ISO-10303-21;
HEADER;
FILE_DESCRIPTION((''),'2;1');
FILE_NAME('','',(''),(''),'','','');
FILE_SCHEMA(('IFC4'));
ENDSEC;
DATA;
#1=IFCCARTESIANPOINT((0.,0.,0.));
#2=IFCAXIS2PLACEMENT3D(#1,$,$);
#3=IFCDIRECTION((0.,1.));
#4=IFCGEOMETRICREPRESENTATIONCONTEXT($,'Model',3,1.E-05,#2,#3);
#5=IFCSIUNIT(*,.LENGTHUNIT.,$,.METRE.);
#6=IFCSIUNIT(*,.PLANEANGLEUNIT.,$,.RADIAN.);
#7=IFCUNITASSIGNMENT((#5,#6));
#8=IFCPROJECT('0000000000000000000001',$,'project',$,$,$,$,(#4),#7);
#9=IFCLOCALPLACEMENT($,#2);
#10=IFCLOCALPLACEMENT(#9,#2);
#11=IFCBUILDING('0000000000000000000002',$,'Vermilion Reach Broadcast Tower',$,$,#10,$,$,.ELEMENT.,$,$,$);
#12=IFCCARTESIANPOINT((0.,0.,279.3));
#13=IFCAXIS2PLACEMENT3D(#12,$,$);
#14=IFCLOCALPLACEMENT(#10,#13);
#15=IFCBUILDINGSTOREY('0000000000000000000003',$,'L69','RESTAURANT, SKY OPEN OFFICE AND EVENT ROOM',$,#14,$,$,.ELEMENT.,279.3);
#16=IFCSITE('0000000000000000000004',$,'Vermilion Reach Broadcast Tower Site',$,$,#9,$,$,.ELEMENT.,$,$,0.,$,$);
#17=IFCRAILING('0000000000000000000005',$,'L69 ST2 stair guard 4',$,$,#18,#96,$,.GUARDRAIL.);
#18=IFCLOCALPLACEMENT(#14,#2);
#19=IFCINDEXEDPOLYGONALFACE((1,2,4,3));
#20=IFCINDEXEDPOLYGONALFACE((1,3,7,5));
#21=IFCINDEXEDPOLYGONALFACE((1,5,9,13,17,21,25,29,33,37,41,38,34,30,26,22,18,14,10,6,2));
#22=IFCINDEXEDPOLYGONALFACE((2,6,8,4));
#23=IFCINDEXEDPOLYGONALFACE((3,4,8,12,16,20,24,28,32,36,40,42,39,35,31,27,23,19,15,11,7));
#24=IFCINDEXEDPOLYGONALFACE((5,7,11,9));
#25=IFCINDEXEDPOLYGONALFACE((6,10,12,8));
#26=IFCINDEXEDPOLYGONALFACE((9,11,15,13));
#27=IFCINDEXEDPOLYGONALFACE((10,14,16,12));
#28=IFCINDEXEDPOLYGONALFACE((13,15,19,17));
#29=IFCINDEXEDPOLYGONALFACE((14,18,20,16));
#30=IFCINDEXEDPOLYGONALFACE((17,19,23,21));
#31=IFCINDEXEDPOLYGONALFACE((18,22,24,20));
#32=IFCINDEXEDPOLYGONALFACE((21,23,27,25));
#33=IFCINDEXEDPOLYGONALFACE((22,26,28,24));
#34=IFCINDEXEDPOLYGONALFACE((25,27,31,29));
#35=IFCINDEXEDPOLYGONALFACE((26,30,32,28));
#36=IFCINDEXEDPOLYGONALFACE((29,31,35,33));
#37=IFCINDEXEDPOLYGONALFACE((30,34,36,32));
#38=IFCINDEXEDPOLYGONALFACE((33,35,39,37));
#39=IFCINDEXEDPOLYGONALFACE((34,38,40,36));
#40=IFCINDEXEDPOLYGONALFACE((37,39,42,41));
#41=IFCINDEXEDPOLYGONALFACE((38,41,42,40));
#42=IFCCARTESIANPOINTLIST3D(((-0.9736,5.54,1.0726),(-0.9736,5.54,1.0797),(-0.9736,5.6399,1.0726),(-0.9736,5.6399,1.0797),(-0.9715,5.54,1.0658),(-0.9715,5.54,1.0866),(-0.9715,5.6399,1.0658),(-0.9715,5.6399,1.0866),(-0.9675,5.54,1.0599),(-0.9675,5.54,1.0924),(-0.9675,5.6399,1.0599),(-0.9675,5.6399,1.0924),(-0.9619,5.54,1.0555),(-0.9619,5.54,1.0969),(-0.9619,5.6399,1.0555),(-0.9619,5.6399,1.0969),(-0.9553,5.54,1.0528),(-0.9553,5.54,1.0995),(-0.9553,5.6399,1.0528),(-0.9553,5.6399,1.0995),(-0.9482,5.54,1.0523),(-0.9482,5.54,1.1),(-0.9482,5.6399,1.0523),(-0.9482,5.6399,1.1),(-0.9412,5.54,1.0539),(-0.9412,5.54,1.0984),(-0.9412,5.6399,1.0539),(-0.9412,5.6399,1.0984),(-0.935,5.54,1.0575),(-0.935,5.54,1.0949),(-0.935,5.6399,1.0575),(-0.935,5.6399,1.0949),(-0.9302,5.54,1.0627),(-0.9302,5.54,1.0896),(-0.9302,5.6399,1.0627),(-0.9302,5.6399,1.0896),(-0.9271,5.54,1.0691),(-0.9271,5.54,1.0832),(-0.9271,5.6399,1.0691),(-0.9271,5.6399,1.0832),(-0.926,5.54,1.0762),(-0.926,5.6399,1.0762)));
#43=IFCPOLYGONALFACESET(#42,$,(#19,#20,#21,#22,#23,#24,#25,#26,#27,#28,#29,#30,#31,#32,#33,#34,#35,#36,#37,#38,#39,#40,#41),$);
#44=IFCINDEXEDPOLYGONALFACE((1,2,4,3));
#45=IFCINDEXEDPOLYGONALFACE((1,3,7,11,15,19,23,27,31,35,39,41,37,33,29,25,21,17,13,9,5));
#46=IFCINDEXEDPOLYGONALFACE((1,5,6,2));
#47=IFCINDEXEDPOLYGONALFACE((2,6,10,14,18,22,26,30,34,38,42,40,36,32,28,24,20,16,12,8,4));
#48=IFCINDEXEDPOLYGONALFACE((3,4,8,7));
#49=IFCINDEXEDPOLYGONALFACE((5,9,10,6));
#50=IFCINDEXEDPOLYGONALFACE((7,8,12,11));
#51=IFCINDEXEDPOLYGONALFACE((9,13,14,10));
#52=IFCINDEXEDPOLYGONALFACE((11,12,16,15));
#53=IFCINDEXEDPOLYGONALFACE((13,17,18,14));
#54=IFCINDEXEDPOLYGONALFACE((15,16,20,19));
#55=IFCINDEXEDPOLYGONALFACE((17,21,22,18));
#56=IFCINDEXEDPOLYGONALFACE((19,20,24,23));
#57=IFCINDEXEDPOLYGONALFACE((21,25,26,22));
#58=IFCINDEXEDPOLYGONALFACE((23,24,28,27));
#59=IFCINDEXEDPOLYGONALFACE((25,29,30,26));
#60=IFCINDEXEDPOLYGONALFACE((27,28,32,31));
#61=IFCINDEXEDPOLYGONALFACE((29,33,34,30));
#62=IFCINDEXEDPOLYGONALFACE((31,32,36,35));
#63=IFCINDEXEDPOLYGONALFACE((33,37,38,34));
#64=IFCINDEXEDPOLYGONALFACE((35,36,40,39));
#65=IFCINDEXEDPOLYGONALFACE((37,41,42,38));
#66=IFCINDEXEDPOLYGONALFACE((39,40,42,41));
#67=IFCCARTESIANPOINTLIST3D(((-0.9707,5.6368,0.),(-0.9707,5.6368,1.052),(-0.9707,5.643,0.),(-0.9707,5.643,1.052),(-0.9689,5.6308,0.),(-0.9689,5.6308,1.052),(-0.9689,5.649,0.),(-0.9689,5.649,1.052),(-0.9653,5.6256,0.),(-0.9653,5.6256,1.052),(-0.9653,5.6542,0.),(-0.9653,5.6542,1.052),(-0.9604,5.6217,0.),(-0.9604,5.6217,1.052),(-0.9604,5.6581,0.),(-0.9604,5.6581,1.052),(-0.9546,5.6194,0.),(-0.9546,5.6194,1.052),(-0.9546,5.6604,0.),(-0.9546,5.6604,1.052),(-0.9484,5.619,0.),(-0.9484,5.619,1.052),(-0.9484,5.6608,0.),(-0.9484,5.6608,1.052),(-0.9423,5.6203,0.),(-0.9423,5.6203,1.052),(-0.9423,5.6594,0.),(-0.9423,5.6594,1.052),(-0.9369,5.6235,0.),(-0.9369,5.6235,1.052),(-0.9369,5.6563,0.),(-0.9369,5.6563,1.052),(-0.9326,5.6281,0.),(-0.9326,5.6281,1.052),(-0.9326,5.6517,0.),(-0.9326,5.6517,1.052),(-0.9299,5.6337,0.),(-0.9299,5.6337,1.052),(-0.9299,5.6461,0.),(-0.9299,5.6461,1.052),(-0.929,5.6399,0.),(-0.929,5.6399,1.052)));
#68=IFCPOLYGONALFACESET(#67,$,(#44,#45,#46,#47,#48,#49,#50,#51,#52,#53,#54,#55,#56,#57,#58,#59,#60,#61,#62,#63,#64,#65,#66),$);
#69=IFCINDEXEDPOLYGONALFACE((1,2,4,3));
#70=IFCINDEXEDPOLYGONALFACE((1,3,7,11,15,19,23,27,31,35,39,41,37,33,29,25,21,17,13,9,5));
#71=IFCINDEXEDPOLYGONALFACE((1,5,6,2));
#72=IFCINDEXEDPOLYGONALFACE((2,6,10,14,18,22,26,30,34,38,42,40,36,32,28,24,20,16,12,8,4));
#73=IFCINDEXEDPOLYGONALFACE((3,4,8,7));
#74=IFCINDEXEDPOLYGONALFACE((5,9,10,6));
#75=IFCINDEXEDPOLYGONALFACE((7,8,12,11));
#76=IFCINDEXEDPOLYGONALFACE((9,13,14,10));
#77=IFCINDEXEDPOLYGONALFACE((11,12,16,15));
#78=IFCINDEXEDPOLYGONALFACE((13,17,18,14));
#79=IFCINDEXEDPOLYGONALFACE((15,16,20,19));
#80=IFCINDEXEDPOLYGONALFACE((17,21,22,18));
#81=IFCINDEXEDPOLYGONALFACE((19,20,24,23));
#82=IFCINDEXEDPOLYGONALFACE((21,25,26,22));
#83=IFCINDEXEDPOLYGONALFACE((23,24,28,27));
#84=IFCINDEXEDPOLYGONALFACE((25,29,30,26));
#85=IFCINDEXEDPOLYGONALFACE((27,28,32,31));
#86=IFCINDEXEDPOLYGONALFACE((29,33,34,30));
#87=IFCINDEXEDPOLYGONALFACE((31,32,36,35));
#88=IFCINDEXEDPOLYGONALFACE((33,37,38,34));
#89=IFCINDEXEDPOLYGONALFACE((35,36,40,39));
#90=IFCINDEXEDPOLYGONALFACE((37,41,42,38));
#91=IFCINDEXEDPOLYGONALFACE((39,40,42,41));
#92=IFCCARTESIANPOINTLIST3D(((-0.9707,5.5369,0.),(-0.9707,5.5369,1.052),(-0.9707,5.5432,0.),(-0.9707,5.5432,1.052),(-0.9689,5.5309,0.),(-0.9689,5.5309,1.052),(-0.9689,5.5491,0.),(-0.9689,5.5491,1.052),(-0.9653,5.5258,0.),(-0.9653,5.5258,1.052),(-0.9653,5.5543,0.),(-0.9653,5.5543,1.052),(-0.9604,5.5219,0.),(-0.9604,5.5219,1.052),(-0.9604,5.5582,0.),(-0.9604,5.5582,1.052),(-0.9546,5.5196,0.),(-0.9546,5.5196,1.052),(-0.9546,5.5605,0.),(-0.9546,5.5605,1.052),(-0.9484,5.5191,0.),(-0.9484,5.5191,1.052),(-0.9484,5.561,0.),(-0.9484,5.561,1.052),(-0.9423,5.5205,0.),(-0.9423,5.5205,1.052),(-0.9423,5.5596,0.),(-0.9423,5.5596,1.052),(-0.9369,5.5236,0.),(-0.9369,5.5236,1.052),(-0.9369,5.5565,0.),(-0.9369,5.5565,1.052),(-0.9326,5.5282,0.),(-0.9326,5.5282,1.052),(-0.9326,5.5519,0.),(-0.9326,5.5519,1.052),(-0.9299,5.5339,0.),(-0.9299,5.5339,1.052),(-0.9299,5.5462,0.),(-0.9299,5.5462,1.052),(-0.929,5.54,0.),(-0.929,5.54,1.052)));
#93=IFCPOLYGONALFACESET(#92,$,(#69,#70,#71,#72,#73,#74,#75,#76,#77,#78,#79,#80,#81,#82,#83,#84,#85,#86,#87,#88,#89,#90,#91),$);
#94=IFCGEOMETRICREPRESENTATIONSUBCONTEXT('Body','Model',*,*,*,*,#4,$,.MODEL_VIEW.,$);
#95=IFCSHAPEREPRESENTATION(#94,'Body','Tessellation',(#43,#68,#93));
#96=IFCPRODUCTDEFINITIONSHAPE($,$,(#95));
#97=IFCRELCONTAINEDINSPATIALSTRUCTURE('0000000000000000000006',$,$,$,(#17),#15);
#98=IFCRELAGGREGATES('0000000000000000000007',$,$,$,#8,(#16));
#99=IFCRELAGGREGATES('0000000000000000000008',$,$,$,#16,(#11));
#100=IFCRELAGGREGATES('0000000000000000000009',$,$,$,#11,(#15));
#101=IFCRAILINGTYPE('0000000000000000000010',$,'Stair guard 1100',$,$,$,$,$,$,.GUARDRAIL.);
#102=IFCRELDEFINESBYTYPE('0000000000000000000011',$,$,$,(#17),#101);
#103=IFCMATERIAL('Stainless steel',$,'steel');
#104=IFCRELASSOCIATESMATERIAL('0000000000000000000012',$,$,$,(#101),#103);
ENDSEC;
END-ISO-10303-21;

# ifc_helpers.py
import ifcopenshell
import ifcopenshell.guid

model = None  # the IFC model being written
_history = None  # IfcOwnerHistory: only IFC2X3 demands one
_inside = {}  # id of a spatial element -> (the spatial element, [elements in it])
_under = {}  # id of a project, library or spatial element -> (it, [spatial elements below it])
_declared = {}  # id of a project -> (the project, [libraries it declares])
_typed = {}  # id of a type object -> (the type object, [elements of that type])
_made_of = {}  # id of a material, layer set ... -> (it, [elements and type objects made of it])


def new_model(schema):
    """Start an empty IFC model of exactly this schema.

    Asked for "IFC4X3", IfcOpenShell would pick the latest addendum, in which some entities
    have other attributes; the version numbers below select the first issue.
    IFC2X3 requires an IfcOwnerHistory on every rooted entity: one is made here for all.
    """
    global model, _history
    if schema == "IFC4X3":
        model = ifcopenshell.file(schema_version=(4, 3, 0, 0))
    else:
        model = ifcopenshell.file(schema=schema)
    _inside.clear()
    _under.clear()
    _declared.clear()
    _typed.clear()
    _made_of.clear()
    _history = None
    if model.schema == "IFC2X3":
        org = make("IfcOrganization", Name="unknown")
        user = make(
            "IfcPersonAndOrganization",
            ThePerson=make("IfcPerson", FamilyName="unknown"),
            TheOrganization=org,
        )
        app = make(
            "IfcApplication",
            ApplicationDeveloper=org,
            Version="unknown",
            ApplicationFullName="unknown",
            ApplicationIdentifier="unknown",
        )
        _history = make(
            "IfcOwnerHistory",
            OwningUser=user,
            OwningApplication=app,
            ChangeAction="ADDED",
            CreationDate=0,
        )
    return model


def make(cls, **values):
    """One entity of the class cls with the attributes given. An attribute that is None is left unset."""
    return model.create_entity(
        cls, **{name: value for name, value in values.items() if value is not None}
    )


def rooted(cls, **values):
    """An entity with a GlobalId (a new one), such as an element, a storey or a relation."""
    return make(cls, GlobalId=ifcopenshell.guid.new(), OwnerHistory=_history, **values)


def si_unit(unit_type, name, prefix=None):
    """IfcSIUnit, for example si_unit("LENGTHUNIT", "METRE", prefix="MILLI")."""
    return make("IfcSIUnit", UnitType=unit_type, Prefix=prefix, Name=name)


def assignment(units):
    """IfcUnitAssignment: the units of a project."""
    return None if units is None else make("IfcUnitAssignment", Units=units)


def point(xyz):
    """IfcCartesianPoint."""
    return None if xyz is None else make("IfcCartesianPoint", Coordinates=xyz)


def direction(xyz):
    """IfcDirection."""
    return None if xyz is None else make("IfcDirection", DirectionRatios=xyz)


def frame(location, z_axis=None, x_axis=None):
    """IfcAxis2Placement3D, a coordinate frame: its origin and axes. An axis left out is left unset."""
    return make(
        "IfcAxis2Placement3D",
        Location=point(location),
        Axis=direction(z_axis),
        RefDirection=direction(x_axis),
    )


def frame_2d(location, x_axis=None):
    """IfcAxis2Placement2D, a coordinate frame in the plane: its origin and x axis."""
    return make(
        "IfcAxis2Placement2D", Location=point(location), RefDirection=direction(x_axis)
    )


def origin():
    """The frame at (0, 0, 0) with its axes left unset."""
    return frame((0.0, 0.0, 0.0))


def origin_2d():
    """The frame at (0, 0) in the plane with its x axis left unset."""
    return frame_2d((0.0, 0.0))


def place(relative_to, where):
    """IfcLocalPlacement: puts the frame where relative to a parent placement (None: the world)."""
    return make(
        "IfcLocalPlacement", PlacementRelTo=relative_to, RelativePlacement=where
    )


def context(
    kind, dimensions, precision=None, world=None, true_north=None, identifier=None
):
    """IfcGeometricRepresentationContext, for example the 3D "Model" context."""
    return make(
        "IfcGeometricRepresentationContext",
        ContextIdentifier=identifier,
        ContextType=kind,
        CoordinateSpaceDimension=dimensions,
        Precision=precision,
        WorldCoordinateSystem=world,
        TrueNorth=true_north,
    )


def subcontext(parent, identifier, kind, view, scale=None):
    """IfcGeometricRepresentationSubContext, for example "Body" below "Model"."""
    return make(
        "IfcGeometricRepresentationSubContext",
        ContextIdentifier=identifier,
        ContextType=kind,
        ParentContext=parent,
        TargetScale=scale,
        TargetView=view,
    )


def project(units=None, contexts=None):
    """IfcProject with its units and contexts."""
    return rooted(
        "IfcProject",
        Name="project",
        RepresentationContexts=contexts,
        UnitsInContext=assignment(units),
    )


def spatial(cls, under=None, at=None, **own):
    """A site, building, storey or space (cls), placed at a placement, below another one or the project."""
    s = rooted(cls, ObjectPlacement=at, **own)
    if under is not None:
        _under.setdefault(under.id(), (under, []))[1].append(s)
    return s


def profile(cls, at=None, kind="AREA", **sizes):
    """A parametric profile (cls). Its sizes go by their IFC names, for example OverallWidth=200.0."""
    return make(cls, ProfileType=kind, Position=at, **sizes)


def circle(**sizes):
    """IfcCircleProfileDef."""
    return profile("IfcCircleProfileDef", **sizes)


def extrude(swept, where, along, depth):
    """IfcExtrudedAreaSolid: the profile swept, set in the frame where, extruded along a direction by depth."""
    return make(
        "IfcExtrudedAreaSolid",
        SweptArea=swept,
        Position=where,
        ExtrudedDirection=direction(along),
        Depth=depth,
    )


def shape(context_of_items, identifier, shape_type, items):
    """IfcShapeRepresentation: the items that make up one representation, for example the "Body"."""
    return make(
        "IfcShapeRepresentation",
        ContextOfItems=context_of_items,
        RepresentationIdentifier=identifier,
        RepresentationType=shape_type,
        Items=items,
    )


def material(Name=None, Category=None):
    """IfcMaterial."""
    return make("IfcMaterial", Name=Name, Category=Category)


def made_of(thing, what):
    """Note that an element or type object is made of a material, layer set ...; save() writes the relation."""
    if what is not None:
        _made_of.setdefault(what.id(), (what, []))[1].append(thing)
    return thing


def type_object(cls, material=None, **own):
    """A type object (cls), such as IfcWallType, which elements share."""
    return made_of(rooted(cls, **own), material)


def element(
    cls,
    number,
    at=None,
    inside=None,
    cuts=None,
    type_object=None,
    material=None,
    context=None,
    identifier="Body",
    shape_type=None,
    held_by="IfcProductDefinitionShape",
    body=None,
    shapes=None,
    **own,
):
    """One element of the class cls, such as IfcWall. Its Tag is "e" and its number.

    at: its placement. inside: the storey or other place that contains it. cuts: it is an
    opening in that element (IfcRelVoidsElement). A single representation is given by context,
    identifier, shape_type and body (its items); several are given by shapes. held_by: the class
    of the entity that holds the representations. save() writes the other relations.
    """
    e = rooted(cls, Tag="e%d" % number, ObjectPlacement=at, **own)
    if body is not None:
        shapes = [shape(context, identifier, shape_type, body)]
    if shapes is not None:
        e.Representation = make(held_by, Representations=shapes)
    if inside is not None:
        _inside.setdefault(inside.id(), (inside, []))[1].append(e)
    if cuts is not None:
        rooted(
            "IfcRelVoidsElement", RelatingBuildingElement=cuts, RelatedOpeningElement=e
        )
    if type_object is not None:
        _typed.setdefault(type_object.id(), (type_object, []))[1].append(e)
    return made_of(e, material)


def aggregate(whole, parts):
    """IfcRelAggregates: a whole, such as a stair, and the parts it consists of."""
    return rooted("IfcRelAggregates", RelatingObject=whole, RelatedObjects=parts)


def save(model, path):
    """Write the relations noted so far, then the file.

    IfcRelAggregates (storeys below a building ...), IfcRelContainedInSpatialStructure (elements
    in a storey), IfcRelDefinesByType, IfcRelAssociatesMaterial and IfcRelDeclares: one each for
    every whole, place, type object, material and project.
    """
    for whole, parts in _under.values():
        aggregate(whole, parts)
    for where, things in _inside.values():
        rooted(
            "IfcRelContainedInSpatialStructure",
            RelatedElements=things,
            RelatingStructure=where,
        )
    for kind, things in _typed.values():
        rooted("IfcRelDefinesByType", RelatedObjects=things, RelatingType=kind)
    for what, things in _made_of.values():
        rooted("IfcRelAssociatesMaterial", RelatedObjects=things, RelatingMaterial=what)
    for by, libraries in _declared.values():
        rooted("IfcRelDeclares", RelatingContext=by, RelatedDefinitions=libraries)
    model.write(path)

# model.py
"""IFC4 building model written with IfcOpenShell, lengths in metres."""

from ifc_helpers import new_model, si_unit, direction, frame, origin, origin_2d, place, context, subcontext, project, spatial, circle, extrude, material, type_object, element, save


model = new_model("IFC4")

# Units and contexts
model_context = context("Model", 3, precision=1e-05, world=origin(), true_north=direction((0.0, 1.0)))
body_context = subcontext(model_context, "Body", "Model", "MODEL_VIEW")
ifc_project = project(units=[si_unit("LENGTHUNIT", "METRE"), si_unit("PLANEANGLEUNIT", "RADIAN")], contexts=[model_context])

# Site, building, storey
site_placement = place(None, origin())
site = spatial("IfcSite", under=ifc_project, at=site_placement, Name="Vermilion Reach Broadcast Tower Site", CompositionType="ELEMENT", RefElevation=0.0)
building_placement = place(site_placement, origin())
building = spatial("IfcBuilding", under=site, at=building_placement, Name="Vermilion Reach Broadcast Tower", CompositionType="ELEMENT")
storey_placement = place(building_placement, frame((0.0, 0.0, 279.3)))
storey = spatial("IfcBuildingStorey", under=building, at=storey_placement, Name="L69", Description="RESTAURANT, SKY OPEN OFFICE AND EVENT ROOM", CompositionType="ELEMENT", Elevation=279.3)

# Railing
ifc_material_1 = material(Name="Stainless steel", Category="steel")
railing_type_1 = type_object("IfcRailingType", Name="Stair guard 1100", PredefinedType="GUARDRAIL", material=ifc_material_1)
railing_1_placement = place(storey_placement, frame((-0.95, 5.6399, 0.0)))
element("IfcRailing", 1, at=railing_1_placement, inside=storey, type_object=railing_type_1, Name="L69 ST2 stair guard 4", PredefinedType="GUARDRAIL", context=body_context, shape_type="SweptSolid", body=[
    extrude(circle(Radius=0.0239, at=origin_2d()), frame((0.0, 0.0, 1.0762), z_axis=(0.0, -1.0, 0.0), x_axis=(1.0, 0.0, 0.0)), (0.0, 0.0, 1.0), 0.0999),
    extrude(circle(Radius=0.021, at=origin_2d()), origin(), (0.0, 0.0, 1.0), 1.052),
    extrude(circle(Radius=0.021, at=origin_2d()), frame((0.0, -0.0999, 0.0)), (0.0, 0.0, 1.0), 1.052),
])

save(model, "model.ifc")
